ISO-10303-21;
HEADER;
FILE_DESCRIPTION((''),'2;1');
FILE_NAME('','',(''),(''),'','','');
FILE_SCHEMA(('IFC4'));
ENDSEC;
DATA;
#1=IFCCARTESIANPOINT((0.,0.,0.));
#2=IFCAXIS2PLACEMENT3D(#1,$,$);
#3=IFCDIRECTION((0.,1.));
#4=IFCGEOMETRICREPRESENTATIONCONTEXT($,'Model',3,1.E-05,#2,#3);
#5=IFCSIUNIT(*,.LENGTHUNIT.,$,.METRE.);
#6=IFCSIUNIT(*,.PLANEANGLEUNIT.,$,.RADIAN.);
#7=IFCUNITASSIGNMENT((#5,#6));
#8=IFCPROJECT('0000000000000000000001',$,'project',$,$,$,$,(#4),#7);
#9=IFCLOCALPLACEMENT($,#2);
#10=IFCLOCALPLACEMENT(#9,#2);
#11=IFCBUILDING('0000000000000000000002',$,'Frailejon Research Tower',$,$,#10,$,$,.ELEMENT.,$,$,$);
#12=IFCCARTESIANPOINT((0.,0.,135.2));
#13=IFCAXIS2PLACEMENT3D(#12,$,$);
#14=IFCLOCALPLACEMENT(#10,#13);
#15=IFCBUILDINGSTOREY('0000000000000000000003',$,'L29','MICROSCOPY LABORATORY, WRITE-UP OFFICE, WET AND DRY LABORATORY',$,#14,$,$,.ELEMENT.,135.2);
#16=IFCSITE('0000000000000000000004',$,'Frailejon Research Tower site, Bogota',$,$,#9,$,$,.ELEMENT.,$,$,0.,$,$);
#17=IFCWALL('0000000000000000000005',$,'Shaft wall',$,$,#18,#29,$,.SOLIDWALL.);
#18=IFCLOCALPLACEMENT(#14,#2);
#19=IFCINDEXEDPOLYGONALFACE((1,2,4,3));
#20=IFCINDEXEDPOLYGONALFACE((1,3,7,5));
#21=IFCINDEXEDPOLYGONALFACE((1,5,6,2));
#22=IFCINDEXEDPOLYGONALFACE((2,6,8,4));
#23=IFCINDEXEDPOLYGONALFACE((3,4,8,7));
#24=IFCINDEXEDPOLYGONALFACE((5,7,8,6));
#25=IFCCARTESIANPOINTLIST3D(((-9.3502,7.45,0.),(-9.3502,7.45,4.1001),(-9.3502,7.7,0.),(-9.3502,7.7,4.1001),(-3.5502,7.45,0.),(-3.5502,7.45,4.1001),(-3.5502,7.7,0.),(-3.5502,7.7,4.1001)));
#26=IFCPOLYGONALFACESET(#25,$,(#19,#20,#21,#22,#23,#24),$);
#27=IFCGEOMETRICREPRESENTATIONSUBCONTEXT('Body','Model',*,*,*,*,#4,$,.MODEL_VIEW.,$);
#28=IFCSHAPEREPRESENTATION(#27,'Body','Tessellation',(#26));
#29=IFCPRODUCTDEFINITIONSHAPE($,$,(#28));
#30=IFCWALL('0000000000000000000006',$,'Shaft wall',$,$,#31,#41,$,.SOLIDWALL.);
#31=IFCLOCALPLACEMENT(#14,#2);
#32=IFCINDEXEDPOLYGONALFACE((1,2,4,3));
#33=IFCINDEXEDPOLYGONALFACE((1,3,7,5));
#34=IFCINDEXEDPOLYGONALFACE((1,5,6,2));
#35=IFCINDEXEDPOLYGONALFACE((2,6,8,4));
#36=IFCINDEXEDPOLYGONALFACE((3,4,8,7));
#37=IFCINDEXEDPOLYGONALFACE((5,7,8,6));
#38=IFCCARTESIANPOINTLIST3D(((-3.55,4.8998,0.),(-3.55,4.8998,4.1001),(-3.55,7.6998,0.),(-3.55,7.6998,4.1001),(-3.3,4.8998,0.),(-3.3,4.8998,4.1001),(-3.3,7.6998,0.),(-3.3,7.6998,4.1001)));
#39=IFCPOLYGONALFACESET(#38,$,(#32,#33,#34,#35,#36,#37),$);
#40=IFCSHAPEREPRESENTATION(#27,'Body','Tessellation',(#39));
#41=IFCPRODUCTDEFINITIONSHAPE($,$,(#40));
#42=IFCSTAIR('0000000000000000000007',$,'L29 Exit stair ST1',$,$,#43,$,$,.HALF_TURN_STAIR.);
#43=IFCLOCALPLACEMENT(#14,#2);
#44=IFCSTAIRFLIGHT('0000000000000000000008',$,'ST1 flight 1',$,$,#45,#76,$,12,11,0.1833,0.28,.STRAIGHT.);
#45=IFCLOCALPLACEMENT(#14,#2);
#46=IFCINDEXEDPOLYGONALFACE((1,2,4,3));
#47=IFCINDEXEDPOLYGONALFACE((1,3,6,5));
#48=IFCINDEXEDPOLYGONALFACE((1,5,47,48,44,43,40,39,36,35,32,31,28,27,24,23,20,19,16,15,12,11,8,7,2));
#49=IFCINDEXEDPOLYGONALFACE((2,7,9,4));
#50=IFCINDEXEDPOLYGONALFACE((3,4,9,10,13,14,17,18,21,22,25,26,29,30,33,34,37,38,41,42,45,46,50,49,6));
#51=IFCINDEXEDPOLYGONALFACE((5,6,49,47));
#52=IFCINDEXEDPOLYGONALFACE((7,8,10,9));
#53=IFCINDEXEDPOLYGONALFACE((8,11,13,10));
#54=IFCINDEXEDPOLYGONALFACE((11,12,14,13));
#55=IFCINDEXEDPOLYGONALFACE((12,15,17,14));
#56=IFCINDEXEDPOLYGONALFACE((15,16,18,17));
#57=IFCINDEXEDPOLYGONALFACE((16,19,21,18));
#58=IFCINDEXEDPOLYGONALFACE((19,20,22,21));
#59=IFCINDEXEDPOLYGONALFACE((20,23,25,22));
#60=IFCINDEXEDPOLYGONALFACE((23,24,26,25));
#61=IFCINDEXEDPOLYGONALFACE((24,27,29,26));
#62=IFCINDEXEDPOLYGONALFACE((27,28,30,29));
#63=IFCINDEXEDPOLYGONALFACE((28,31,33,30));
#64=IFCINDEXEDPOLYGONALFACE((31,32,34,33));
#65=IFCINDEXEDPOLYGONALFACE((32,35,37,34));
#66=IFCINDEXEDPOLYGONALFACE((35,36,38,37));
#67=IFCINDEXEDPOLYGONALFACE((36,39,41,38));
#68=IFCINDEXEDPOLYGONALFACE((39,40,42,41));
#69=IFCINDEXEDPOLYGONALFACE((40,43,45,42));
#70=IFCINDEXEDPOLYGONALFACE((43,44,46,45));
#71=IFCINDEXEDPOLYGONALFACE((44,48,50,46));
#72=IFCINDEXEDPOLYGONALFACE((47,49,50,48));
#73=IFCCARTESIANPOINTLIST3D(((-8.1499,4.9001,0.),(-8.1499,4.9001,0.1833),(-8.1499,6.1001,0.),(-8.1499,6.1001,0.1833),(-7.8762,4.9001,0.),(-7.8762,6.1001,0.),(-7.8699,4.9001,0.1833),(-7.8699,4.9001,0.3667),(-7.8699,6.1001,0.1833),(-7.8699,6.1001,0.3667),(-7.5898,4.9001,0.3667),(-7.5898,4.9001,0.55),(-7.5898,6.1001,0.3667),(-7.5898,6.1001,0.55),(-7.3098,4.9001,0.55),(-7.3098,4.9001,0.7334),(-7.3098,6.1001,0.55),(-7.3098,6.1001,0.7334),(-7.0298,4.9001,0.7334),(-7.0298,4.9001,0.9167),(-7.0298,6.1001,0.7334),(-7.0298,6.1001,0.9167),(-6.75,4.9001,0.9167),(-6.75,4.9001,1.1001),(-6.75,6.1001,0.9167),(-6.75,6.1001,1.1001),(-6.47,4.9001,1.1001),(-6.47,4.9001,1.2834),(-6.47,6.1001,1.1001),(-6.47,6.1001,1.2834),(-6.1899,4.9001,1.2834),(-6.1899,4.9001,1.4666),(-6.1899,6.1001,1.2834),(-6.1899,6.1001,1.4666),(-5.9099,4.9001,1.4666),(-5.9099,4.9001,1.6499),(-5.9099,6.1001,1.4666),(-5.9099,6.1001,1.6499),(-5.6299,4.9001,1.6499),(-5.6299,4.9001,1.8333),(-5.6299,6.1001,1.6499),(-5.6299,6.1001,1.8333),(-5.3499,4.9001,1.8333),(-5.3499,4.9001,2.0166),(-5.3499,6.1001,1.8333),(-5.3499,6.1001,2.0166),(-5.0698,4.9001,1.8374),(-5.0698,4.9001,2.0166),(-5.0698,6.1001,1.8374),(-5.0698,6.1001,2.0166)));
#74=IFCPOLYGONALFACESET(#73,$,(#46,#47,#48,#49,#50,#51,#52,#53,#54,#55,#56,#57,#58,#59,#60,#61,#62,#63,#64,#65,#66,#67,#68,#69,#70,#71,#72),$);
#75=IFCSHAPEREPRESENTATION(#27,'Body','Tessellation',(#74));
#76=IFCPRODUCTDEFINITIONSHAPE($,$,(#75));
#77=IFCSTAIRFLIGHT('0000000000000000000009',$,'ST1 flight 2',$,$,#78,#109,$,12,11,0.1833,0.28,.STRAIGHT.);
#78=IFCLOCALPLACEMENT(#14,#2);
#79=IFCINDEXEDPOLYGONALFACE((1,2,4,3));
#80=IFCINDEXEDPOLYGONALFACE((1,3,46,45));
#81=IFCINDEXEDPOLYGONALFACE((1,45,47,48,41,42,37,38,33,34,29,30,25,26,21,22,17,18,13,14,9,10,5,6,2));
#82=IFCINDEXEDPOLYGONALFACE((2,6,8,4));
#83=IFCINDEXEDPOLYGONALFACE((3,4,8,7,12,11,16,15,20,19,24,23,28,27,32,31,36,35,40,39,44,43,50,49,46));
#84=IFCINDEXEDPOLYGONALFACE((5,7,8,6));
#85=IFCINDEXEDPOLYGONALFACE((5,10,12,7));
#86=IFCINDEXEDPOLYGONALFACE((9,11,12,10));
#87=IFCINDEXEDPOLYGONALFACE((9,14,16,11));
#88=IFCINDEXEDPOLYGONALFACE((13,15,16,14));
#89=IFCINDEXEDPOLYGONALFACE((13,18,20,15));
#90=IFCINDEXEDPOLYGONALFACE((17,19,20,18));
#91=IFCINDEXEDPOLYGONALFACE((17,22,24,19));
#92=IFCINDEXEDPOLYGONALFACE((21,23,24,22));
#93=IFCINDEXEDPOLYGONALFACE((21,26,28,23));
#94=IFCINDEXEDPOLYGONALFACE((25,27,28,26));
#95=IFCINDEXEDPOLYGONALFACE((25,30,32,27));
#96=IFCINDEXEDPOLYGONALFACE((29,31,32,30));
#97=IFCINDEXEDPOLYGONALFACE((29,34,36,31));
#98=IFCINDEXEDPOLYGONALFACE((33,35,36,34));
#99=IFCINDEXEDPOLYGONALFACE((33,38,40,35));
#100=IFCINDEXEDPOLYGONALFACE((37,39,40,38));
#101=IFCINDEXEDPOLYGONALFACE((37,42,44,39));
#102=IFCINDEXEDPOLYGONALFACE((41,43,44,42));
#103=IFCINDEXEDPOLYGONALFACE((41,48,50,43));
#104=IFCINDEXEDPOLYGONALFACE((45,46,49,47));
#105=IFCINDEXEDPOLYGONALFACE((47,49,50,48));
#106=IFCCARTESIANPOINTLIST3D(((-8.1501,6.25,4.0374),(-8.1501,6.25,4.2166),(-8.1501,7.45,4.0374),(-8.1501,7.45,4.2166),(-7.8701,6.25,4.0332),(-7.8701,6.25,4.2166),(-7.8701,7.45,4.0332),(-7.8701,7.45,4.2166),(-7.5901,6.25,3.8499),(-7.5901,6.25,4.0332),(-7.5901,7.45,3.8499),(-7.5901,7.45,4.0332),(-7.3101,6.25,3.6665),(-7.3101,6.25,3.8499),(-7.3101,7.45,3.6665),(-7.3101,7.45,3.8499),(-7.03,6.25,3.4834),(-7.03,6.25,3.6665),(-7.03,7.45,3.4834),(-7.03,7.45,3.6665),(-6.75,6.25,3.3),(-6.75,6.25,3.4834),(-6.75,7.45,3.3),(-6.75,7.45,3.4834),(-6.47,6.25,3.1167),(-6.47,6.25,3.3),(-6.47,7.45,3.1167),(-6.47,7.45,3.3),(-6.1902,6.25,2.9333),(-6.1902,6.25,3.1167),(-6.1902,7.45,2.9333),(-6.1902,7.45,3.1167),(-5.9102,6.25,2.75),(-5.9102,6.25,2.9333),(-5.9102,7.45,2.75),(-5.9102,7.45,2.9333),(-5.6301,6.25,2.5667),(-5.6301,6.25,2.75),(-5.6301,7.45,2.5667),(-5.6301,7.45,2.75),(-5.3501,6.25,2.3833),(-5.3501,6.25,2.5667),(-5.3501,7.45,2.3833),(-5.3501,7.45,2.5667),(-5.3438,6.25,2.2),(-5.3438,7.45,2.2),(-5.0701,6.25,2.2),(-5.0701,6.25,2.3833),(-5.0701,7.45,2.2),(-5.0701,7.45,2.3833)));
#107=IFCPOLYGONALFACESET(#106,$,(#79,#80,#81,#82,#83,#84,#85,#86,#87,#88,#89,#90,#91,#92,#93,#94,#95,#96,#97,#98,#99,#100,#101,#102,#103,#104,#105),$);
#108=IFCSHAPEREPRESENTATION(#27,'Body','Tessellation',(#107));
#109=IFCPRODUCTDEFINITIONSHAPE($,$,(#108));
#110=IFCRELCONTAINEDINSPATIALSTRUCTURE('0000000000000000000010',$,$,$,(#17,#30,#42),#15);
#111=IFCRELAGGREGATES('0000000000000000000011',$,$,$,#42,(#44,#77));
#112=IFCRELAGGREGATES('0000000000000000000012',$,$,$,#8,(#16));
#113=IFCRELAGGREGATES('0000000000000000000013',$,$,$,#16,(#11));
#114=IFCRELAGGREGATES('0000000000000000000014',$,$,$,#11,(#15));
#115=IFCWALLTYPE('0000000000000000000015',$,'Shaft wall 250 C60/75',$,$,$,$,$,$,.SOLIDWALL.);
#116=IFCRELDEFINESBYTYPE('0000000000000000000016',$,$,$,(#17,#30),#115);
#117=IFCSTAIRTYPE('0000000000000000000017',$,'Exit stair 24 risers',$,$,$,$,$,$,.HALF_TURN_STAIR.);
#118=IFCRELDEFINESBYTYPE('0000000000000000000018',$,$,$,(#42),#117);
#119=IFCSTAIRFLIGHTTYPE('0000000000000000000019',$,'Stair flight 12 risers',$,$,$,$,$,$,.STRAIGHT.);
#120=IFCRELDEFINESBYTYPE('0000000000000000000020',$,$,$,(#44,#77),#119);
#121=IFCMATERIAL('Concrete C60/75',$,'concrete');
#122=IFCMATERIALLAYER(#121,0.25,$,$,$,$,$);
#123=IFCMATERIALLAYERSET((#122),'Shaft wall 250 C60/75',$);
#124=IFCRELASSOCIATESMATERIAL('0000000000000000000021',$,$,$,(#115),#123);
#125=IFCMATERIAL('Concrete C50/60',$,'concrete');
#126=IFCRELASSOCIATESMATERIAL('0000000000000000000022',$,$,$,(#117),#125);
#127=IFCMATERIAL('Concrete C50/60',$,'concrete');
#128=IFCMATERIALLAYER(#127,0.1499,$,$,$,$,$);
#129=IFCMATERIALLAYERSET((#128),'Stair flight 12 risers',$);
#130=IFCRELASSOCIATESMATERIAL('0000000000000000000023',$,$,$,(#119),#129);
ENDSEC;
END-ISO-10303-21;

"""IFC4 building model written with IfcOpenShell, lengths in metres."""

from ifc_helpers import new_model, si_unit, direction, frame, frame_2d, origin, place, context, subcontext, project, spatial, polyline, rectangle, outline, extrude, material, layer, layer_set, type_object, element, aggregate, save


model = new_model("IFC4")

# Units and contexts
model_context = context("Model", 3, precision=1e-05, world=origin(), true_north=direction((0.0, 1.0)))
body_context = subcontext(model_context, "Body", "Model", "MODEL_VIEW")
ifc_project = project(units=[si_unit("LENGTHUNIT", "METRE"), si_unit("PLANEANGLEUNIT", "RADIAN")], contexts=[model_context])

# Site, building, storey
site_placement = place(None, origin())
site = spatial("IfcSite", under=ifc_project, at=site_placement, Name="Frailejon Research Tower site, Bogota", CompositionType="ELEMENT", RefElevation=0.0)
building_placement = place(site_placement, origin())
building = spatial("IfcBuilding", under=site, at=building_placement, Name="Frailejon Research Tower", CompositionType="ELEMENT")
storey_placement = place(building_placement, frame((0.0, 0.0, 135.2)))
storey = spatial("IfcBuildingStorey", under=building, at=storey_placement, Name="L29", Description="MICROSCOPY LABORATORY, WRITE-UP OFFICE, WET AND DRY LABORATORY", CompositionType="ELEMENT", Elevation=135.2)

# Shared definitions
ifc_material_1 = material(Name="Concrete C60/75", Category="concrete")
ifc_layer_1 = layer(ifc_material_1, 0.25)
ifc_layer_set_1 = layer_set([ifc_layer_1], Name="Shaft wall 250 C60/75")
wall_type_1 = type_object("IfcWallType", Name="Shaft wall 250 C60/75", PredefinedType="SOLIDWALL", material=ifc_layer_set_1)

# Walls
wall_1_placement = place(storey_placement, frame((-9.3501, 7.575, 0.0), z_axis=(0.0, 0.0, 1.0), x_axis=(1.0, 0.0, 0.0)))
element("IfcWall", 1, at=wall_1_placement, inside=storey, type_object=wall_type_1, Name="Shaft wall", PredefinedType="SOLIDWALL", context=body_context, shape_type="SweptSolid", body=[
    extrude(rectangle(XDim=5.8, YDim=0.25, at=frame_2d((2.8999, 0.0))), origin(), (0.0, 0.0, 1.0), 4.1001),
])
wall_2_placement = place(storey_placement, frame((-3.425, 4.8999, 0.0), z_axis=(0.0, 0.0, 1.0), x_axis=(0.0, 1.0, 0.0)))
element("IfcWall", 2, at=wall_2_placement, inside=storey, type_object=wall_type_1, Name="Shaft wall", PredefinedType="SOLIDWALL", context=body_context, shape_type="SweptSolid", body=[
    extrude(rectangle(XDim=2.8, YDim=0.25, at=frame_2d((1.3999, 0.0))), origin(), (0.0, 0.0, 1.0), 4.1001),
])

# Stair, stair flights
ifc_material_2 = material(Name="Concrete C50/60", Category="concrete")
stair_type = type_object("IfcStairType", Name="Exit stair 24 risers", PredefinedType="HALF_TURN_STAIR", material=ifc_material_2)
stair_placement = place(storey_placement, origin())
stair = element("IfcStair", 3, at=stair_placement, inside=storey, type_object=stair_type, Name="L29 Exit stair ST1", PredefinedType="HALF_TURN_STAIR")
ifc_material_3 = material(Name="Concrete C50/60", Category="concrete")
ifc_layer_2 = layer(ifc_material_3, 0.1499)
ifc_layer_set_2 = layer_set([ifc_layer_2], Name="Stair flight 12 risers")
stair_flight_type = type_object("IfcStairFlightType", Name="Stair flight 12 risers", PredefinedType="STRAIGHT", material=ifc_layer_set_2)
stair_flight_1_placement = place(storey_placement, frame((-8.1499, 5.5, 0.0), z_axis=(0.0, 0.0, 1.0), x_axis=(1.0, 0.0, 0.0)))
stair_flight_1 = element("IfcStairFlight", 4, at=stair_flight_1_placement, type_object=stair_flight_type, Name="ST1 flight 1", NumberOfRisers=12, NumberOfTreads=11, PredefinedType="STRAIGHT", RiserHeight=0.1833, TreadLength=0.28, context=body_context, shape_type="SweptSolid", body=[
    extrude(outline(polyline([(0.0, 0.0), (0.0, 0.1833), (0.28, 0.1833), (0.28, 0.3667), (0.5601, 0.3667), (0.5601, 0.55), (0.8401, 0.55), (0.8401, 0.7334), (1.1201, 0.7334), (1.1201, 0.9167), (1.3999, 0.9167), (1.3999, 1.1001), (1.6799, 1.1001), (1.6799, 1.2834), (1.96, 1.2834), (1.96, 1.4666), (2.24, 1.4666), (2.24, 1.6499), (2.52, 1.6499), (2.52, 1.8333), (2.8, 1.8333), (2.8, 2.0166), (3.0801, 2.0166), (3.0801, 2.2), (3.0801, 1.8374), (0.2737, 0.0), (0.0, 0.0)])), frame((0.0, 0.6001, 0.0), z_axis=(0.0, -1.0, 0.0), x_axis=(1.0, 0.0, 0.0)), (0.0, 0.0, 1.0), 1.2),
])
stair_flight_2_placement = place(storey_placement, frame((-5.0701, 6.8501, 2.2), z_axis=(0.0, 0.0, 1.0), x_axis=(-1.0, 0.0, 0.0)))
stair_flight_2 = element("IfcStairFlight", 5, at=stair_flight_2_placement, type_object=stair_flight_type, Name="ST1 flight 2", NumberOfRisers=12, NumberOfTreads=11, PredefinedType="STRAIGHT", RiserHeight=0.1833, TreadLength=0.28, context=body_context, shape_type="SweptSolid", body=[
    extrude(outline(polyline([(0.0, 0.0), (0.0, 0.1833), (0.28, 0.1833), (0.28, 0.3667), (0.5601, 0.3667), (0.5601, 0.55), (0.8401, 0.55), (0.8401, 0.7334), (1.1201, 0.7334), (1.1201, 0.9167), (1.3999, 0.9167), (1.3999, 1.1001), (1.6799, 1.1001), (1.6799, 1.2834), (1.96, 1.2834), (1.96, 1.4666), (2.24, 1.4666), (2.24, 1.6499), (2.52, 1.6499), (2.52, 1.8333), (2.8, 1.8333), (2.8, 2.0166), (3.0801, 2.0166), (3.0801, 2.2), (3.0801, 1.8374), (0.2737, 0.0), (0.0, 0.0)])), frame((0.0, 0.6001, 0.0), z_axis=(0.0, -1.0, 0.0), x_axis=(1.0, 0.0, 0.0)), (0.0, 0.0, 1.0), 1.2),
])
aggregate(stair, [stair_flight_1, stair_flight_2])

save(model, "model.ifc")
